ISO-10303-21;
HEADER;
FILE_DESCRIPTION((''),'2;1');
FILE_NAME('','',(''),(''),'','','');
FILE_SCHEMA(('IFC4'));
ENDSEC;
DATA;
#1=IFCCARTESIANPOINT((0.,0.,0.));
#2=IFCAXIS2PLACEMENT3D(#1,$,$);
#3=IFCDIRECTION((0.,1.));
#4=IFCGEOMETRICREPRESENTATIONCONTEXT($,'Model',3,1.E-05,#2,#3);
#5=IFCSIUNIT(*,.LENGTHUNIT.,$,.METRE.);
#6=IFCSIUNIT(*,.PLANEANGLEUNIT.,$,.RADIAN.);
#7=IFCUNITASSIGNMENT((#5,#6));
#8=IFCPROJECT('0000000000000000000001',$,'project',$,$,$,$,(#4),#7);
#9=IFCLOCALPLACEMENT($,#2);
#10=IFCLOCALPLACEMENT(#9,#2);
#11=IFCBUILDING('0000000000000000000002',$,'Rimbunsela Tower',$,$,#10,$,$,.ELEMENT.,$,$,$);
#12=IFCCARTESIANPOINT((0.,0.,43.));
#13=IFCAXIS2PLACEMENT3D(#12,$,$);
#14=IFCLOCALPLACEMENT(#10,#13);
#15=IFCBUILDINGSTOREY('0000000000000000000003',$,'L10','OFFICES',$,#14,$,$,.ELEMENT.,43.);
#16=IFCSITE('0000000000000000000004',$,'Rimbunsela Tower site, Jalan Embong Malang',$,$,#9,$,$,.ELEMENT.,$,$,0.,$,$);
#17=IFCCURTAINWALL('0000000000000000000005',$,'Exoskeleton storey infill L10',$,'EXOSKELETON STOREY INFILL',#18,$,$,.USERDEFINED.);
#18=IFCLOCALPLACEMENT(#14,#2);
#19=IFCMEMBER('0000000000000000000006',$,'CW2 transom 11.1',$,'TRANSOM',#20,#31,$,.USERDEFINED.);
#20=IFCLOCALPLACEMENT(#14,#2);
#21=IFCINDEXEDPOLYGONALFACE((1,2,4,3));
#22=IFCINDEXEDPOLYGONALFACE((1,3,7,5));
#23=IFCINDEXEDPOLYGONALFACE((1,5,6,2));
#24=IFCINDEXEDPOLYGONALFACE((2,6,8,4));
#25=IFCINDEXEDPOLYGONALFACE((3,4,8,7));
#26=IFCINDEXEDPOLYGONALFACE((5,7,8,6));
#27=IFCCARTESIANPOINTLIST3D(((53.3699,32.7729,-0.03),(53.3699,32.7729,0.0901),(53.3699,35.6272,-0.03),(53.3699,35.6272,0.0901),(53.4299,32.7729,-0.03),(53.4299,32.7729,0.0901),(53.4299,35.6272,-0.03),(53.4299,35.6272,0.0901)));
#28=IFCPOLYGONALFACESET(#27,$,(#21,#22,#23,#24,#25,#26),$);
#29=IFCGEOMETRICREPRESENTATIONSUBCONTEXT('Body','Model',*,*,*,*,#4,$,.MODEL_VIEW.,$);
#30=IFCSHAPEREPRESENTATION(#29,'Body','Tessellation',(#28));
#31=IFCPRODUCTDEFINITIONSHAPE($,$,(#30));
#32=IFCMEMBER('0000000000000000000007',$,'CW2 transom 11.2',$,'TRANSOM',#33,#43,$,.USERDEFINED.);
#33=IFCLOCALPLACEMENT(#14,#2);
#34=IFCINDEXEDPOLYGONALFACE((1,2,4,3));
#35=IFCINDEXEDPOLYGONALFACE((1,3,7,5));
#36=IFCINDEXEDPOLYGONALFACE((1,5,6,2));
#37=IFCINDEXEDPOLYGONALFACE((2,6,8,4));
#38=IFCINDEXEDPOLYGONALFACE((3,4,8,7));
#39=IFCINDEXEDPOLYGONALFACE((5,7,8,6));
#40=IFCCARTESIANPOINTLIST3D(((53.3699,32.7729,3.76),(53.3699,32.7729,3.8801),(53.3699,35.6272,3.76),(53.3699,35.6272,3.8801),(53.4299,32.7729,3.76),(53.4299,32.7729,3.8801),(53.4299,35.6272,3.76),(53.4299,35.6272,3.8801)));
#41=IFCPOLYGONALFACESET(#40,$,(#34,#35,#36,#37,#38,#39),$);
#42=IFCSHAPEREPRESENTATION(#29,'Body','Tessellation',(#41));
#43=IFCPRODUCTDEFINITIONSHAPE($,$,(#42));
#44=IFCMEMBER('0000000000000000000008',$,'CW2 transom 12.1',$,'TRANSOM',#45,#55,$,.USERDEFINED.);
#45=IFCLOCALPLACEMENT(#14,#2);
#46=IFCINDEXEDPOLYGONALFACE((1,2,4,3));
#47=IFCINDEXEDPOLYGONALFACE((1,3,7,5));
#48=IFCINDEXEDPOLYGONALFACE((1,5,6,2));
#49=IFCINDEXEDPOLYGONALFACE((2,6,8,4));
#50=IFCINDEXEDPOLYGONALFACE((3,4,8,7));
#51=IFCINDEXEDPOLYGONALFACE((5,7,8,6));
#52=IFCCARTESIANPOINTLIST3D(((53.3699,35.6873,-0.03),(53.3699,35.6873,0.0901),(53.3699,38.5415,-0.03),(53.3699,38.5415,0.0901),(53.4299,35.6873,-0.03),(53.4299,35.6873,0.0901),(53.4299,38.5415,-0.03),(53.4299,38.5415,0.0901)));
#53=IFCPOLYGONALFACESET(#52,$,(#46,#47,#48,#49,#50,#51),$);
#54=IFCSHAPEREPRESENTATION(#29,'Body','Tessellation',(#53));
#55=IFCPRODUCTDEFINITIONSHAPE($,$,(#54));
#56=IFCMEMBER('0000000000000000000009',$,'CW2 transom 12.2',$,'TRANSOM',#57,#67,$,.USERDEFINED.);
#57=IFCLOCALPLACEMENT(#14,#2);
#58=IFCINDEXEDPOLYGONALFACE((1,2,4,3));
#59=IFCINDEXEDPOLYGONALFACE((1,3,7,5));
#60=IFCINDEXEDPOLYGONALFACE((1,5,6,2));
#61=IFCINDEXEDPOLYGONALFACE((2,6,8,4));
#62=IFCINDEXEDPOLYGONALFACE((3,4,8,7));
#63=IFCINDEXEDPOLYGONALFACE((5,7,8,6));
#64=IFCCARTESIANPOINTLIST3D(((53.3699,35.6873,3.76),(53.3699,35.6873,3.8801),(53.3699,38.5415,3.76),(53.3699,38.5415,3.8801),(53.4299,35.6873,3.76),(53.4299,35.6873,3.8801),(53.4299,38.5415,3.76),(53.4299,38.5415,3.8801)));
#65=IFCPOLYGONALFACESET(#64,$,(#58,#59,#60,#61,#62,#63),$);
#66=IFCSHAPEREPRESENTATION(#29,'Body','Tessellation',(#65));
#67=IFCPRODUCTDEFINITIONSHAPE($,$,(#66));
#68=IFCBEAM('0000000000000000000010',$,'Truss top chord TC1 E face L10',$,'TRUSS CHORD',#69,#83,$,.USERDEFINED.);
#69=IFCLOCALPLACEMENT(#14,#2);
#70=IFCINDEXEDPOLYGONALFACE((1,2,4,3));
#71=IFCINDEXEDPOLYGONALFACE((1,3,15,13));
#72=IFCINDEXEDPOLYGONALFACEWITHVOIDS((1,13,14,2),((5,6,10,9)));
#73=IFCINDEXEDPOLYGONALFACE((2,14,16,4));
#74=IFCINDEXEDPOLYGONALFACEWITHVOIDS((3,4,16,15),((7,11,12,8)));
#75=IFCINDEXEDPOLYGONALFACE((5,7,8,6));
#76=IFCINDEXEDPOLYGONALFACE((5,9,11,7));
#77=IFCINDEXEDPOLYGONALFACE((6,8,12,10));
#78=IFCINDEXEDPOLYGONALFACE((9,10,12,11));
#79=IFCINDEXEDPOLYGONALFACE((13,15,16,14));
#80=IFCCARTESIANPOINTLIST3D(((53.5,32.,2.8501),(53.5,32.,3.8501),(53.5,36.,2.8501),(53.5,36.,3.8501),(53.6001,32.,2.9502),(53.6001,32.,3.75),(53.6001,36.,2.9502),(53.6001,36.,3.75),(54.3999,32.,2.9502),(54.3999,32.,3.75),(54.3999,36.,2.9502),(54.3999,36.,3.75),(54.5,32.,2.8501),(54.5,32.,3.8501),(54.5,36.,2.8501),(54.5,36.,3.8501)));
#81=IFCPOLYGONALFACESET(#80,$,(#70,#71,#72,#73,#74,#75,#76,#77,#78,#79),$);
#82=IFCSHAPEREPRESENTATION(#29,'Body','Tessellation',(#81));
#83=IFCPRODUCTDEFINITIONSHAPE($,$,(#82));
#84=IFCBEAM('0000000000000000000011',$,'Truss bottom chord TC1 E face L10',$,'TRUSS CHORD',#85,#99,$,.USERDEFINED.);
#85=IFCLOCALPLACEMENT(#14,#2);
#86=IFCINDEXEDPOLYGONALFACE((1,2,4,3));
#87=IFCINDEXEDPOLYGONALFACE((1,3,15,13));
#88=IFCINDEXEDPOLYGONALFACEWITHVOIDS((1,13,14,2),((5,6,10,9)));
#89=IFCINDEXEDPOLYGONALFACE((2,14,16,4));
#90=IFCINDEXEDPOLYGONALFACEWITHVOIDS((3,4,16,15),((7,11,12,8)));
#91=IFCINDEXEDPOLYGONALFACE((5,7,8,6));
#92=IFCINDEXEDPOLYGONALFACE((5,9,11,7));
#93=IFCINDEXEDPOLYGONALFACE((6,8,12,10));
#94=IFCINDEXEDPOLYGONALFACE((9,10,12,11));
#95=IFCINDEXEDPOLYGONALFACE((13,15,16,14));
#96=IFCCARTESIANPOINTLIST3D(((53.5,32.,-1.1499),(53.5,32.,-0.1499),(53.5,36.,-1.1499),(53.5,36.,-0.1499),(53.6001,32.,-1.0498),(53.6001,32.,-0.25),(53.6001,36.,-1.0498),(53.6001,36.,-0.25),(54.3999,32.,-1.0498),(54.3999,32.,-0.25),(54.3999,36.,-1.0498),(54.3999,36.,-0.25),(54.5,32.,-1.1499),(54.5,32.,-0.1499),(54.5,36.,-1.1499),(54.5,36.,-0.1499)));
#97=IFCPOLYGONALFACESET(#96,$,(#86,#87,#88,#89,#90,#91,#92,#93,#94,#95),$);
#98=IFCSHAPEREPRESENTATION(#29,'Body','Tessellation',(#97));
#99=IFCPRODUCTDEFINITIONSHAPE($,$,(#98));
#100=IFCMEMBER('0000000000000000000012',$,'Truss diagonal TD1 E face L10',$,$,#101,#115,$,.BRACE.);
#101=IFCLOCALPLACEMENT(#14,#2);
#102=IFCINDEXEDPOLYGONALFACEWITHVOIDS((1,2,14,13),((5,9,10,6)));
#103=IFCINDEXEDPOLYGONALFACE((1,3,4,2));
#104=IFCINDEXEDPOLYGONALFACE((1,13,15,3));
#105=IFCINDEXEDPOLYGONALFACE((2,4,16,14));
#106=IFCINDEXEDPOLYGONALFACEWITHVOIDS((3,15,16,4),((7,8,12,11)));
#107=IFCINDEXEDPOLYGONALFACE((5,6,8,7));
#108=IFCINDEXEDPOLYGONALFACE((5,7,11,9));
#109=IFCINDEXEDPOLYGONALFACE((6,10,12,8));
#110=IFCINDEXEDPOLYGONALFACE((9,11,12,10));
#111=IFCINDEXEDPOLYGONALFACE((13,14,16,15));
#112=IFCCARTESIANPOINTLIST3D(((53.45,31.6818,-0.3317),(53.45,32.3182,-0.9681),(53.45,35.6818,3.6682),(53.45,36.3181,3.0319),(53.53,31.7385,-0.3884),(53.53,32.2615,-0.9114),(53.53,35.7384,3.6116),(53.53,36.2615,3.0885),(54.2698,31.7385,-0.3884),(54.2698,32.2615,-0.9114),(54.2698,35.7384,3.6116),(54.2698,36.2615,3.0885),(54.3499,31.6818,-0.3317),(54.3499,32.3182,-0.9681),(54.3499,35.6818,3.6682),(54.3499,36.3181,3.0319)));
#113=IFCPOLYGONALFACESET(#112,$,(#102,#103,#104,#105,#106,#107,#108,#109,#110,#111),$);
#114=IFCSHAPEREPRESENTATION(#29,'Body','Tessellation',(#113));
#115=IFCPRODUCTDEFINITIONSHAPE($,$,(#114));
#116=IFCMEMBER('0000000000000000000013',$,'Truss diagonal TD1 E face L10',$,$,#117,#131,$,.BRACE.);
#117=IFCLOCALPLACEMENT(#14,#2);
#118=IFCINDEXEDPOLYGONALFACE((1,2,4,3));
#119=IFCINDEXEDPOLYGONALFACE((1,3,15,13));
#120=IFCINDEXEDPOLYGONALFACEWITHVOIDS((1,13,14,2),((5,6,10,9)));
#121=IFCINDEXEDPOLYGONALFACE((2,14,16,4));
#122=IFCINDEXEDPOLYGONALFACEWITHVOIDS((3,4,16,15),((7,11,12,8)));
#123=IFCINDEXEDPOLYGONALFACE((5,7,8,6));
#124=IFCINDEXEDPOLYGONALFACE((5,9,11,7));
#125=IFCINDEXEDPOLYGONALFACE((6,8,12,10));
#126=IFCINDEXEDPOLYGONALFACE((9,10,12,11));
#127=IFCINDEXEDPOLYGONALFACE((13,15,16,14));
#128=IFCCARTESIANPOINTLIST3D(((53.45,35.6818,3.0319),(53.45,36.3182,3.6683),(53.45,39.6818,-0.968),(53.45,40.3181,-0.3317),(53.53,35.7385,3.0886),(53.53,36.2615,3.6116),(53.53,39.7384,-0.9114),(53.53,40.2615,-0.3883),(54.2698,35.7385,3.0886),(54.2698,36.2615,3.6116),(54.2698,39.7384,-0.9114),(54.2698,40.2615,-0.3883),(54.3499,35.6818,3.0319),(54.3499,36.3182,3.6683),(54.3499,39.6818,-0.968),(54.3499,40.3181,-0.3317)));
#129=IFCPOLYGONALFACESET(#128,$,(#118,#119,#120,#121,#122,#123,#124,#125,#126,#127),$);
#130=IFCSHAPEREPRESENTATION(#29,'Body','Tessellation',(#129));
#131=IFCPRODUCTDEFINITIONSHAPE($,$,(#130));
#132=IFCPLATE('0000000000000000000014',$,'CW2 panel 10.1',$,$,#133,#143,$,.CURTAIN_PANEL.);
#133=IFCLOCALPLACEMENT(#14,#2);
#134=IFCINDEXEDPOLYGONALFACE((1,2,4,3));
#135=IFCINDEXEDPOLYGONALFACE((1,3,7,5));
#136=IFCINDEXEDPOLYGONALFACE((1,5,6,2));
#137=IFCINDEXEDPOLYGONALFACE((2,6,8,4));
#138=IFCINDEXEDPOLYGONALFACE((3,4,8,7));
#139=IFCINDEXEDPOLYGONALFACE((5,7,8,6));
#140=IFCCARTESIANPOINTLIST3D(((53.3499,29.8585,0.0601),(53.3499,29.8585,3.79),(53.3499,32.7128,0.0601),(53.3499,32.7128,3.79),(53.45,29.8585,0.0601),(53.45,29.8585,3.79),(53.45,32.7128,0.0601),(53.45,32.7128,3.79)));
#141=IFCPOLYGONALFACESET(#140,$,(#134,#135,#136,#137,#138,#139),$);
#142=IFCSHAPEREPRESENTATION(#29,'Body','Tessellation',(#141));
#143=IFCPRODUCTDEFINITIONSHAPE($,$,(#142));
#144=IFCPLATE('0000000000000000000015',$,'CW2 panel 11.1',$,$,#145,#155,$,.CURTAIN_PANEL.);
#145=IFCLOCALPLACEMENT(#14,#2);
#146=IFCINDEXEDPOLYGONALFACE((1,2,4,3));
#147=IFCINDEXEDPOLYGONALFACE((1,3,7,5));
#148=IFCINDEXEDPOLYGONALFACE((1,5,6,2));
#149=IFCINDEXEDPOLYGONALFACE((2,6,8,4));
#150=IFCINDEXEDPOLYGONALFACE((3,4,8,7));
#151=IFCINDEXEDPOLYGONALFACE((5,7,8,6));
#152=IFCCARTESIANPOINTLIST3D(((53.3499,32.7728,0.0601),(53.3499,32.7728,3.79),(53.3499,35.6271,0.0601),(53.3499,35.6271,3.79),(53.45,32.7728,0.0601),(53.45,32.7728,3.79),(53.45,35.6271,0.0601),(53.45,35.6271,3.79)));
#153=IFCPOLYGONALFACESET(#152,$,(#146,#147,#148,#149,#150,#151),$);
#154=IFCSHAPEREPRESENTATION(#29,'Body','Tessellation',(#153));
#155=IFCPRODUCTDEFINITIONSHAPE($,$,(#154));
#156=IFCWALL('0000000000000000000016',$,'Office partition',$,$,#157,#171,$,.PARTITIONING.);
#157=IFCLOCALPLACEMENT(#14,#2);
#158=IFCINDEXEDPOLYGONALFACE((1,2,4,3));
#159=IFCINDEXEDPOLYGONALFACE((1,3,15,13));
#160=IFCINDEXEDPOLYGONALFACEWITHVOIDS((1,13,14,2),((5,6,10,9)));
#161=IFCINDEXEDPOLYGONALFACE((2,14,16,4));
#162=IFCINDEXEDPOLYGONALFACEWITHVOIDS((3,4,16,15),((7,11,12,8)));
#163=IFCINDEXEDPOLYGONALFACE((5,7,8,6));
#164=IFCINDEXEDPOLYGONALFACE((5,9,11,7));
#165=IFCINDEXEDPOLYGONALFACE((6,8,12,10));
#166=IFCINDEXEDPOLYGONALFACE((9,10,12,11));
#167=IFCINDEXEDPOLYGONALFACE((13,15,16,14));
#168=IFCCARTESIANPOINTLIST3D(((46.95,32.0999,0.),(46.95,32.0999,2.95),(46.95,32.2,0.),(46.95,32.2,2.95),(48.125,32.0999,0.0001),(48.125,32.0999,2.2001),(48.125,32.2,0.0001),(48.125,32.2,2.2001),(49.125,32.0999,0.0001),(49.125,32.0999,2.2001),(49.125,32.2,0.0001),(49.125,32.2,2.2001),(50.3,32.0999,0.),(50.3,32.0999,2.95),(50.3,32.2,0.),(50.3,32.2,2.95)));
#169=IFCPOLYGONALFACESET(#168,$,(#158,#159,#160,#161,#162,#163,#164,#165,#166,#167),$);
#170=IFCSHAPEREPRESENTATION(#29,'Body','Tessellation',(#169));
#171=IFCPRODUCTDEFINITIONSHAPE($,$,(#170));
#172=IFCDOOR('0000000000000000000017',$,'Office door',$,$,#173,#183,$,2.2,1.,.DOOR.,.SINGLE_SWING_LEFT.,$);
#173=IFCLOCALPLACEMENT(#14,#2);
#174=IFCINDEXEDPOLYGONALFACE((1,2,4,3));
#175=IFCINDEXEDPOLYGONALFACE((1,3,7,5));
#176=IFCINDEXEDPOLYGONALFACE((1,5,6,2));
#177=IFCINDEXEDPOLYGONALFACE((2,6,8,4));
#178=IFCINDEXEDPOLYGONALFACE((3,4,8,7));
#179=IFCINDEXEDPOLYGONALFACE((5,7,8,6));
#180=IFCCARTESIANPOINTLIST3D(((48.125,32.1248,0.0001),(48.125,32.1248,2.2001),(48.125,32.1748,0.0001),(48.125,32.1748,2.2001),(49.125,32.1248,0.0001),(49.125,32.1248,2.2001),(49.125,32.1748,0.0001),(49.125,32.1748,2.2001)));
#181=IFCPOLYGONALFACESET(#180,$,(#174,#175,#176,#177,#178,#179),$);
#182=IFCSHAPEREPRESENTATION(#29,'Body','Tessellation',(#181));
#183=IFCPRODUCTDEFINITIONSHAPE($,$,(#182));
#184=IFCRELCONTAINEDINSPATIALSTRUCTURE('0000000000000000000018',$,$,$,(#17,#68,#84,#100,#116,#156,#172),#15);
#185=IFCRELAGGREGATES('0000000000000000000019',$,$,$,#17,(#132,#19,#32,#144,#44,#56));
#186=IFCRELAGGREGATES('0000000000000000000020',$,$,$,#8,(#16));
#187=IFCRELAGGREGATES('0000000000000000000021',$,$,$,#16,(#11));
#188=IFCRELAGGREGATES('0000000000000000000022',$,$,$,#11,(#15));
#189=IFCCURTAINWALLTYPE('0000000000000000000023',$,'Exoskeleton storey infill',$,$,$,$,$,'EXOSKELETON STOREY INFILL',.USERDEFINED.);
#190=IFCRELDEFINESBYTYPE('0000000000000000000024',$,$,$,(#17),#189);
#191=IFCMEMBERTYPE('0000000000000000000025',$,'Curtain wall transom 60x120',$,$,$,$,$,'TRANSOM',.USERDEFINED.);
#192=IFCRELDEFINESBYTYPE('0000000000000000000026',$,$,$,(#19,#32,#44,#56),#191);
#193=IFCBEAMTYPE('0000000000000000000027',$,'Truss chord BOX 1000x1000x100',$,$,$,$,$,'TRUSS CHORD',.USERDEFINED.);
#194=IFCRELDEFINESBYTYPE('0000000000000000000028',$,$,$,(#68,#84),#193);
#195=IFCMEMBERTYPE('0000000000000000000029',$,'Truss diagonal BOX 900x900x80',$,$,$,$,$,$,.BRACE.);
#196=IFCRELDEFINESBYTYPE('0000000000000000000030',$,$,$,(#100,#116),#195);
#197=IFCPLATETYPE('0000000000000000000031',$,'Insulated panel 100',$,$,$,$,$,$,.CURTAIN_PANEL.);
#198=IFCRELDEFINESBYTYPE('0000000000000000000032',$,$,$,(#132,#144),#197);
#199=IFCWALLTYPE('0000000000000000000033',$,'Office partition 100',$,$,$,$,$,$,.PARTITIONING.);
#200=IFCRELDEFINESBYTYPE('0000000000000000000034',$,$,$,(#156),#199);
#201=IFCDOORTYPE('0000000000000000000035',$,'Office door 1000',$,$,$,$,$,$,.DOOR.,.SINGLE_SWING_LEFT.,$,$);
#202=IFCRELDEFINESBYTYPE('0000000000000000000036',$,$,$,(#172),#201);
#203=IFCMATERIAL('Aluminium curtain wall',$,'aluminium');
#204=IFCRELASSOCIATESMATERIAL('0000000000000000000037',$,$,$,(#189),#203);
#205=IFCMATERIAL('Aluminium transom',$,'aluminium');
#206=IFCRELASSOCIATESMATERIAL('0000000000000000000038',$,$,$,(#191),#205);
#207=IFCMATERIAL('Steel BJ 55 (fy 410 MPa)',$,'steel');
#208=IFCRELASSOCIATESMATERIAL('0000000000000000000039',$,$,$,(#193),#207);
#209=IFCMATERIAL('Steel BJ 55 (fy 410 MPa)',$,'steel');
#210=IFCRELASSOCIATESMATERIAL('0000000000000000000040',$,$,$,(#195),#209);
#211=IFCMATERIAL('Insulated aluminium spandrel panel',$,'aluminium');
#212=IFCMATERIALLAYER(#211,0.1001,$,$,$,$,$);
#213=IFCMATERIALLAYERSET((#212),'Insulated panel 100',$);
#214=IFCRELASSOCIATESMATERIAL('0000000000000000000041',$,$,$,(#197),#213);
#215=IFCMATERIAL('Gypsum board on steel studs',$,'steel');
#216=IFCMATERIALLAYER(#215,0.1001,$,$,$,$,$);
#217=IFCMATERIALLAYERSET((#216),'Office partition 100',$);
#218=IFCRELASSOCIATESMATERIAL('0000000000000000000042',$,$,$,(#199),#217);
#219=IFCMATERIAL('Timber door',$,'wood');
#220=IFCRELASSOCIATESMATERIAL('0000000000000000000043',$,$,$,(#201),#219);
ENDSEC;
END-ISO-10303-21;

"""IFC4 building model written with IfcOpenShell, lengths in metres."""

from ifc_helpers import new_model, si_unit, direction, frame, frame_2d, origin, origin_2d, place, context, subcontext, project, spatial, rectangle, hollow_rectangle, extrude, material, layer, layer_set, material_profile, profile_set, type_object, element, fill, aggregate, save


model = new_model("IFC4")

# Units and contexts
model_context = context("Model", 3, precision=1e-05, world=origin(), true_north=direction((0.0, 1.0)))
body_context = subcontext(model_context, "Body", "Model", "MODEL_VIEW")
ifc_project = project(units=[si_unit("LENGTHUNIT", "METRE"), si_unit("PLANEANGLEUNIT", "RADIAN")], contexts=[model_context])

# Site, building, storey
site_placement = place(None, origin())
site = spatial("IfcSite", under=ifc_project, at=site_placement, Name="Rimbunsela Tower site, Jalan Embong Malang", CompositionType="ELEMENT", RefElevation=0.0)
building_placement = place(site_placement, origin())
building = spatial("IfcBuilding", under=site, at=building_placement, Name="Rimbunsela Tower", CompositionType="ELEMENT")
storey_placement = place(building_placement, frame((0.0, 0.0, 43.0)))
storey = spatial("IfcBuildingStorey", under=building, at=storey_placement, Name="L10", Description="OFFICES", CompositionType="ELEMENT", Elevation=43.0)

# Curtain wall, members
ifc_material_1 = material(Name="Aluminium curtain wall", Category="aluminium")
curtain_wall_type = type_object("IfcCurtainWallType", Name="Exoskeleton storey infill", ElementType="EXOSKELETON STOREY INFILL", PredefinedType="USERDEFINED", material=ifc_material_1)
curtain_wall_placement = place(storey_placement, origin())
curtain_wall = element("IfcCurtainWall", 1, at=curtain_wall_placement, inside=storey, type_object=curtain_wall_type, Name="Exoskeleton storey infill L10", ObjectType="EXOSKELETON STOREY INFILL", PredefinedType="USERDEFINED")
ifc_material_2 = material(Name="Aluminium transom", Category="aluminium")
ifc_material_profile_1 = material_profile(ifc_material_2, rectangle(XDim=0.0601, YDim=0.1201, at=origin_2d()), Name="Transom 60x120")
ifc_profile_set_1 = profile_set([ifc_material_profile_1], Name="Aluminium transom")
member_type_1 = type_object("IfcMemberType", Name="Curtain wall transom 60x120", ElementType="TRANSOM", PredefinedType="USERDEFINED", material=ifc_profile_set_1)
member_1_placement = place(storey_placement, frame((53.3999, 32.7729, 0.03), z_axis=(0.0, 1.0, 0.0), x_axis=(-1.0, 0.0, 0.0)))
member_1 = element("IfcMember", 2, at=member_1_placement, type_object=member_type_1, Name="CW2 transom 11.1", ObjectType="TRANSOM", PredefinedType="USERDEFINED", context=body_context, shape_type="SweptSolid", body=[
    extrude(rectangle(XDim=0.0601, YDim=0.1201, at=origin_2d()), origin(), (0.0, 0.0, 1.0), 2.8542),
])
member_2_placement = place(storey_placement, frame((53.3999, 32.7729, 3.8201), z_axis=(0.0, 1.0, 0.0), x_axis=(-1.0, 0.0, 0.0)))
member_2 = element("IfcMember", 3, at=member_2_placement, type_object=member_type_1, Name="CW2 transom 11.2", ObjectType="TRANSOM", PredefinedType="USERDEFINED", context=body_context, shape_type="SweptSolid", body=[
    extrude(rectangle(XDim=0.0601, YDim=0.1201, at=origin_2d()), origin(), (0.0, 0.0, 1.0), 2.8542),
])
member_3_placement = place(storey_placement, frame((53.3999, 35.6873, 0.03), z_axis=(0.0, 1.0, 0.0), x_axis=(-1.0, 0.0, 0.0)))
member_3 = element("IfcMember", 4, at=member_3_placement, type_object=member_type_1, Name="CW2 transom 12.1", ObjectType="TRANSOM", PredefinedType="USERDEFINED", context=body_context, shape_type="SweptSolid", body=[
    extrude(rectangle(XDim=0.0601, YDim=0.1201, at=origin_2d()), origin(), (0.0, 0.0, 1.0), 2.8542),
])
member_4_placement = place(storey_placement, frame((53.3999, 35.6873, 3.8201), z_axis=(0.0, 1.0, 0.0), x_axis=(-1.0, 0.0, 0.0)))
member_4 = element("IfcMember", 5, at=member_4_placement, type_object=member_type_1, Name="CW2 transom 12.2", ObjectType="TRANSOM", PredefinedType="USERDEFINED", context=body_context, shape_type="SweptSolid", body=[
    extrude(rectangle(XDim=0.0601, YDim=0.1201, at=origin_2d()), origin(), (0.0, 0.0, 1.0), 2.8542),
])

# Beams
ifc_material_3 = material(Name="Steel BJ 55 (fy 410 MPa)", Category="steel")
ifc_material_profile_2 = material_profile(ifc_material_3, hollow_rectangle(XDim=1.0, YDim=1.0, WallThickness=0.1001, at=origin_2d()), Name="BOX 1000x1000x100")
ifc_profile_set_2 = profile_set([ifc_material_profile_2], Name="Steel BJ 55 (fy 410 MPa)")
beam_type_1 = type_object("IfcBeamType", Name="Truss chord BOX 1000x1000x100", ElementType="TRUSS CHORD", PredefinedType="USERDEFINED", material=ifc_profile_set_2)
for number, where, z_axis, x_axis, name in (
    (6, (54.0, 32.0, 3.3501), (0.0, 1.0, 0.0), (-1.0, 0.0, 0.0), "Truss top chord TC1 E face L10"),
    (7, (54.0, 32.0, -0.6499), (0.0, 1.0, 0.0), (-1.0, 0.0, 0.0), "Truss bottom chord TC1 E face L10"),
):
    element("IfcBeam", number, at=place(storey_placement, frame(where, z_axis=z_axis, x_axis=x_axis)), inside=storey, type_object=beam_type_1, Name=name, ObjectType="TRUSS CHORD", PredefinedType="USERDEFINED", context=body_context, shape_type="SweptSolid", body=[
        extrude(hollow_rectangle(XDim=1.0, YDim=1.0, WallThickness=0.1001, at=origin_2d()), origin(), (0.0, 0.0, 1.0), 4.0),
    ])

# Members
ifc_material_4 = material(Name="Steel BJ 55 (fy 410 MPa)", Category="steel")
ifc_material_profile_3 = material_profile(ifc_material_4, hollow_rectangle(XDim=0.8999, YDim=0.8999, WallThickness=0.0801, at=origin_2d()), Name="BOX 900x900x80")
ifc_profile_set_3 = profile_set([ifc_material_profile_3], Name="Steel BJ 55 (fy 410 MPa)")
member_type_2 = type_object("IfcMemberType", Name="Truss diagonal BOX 900x900x80", PredefinedType="BRACE", material=ifc_profile_set_3)
for number, where, z_axis, x_axis, name in (
    (8, (53.8999, 32.0, -0.6499), (0.0, 0.707107, 0.707107), (-1.0, 0.0, 0.0), "Truss diagonal TD1 E face L10"),
    (9, (53.8999, 36.0, 3.3501), (0.0, 0.707107, -0.707107), (-1.0, 0.0, 0.0), "Truss diagonal TD1 E face L10"),
):
    element("IfcMember", number, at=place(storey_placement, frame(where, z_axis=z_axis, x_axis=x_axis)), inside=storey, type_object=member_type_2, Name=name, PredefinedType="BRACE", context=body_context, shape_type="SweptSolid", body=[
        extrude(hollow_rectangle(XDim=0.8999, YDim=0.8999, WallThickness=0.0801, at=origin_2d()), origin(), (0.0, 0.0, 1.0), 5.6567),
    ])

# Plates
ifc_material_5 = material(Name="Insulated aluminium spandrel panel", Category="aluminium")
ifc_layer_1 = layer(ifc_material_5, 0.1001)
ifc_layer_set_1 = layer_set([ifc_layer_1], Name="Insulated panel 100")
plate_type = type_object("IfcPlateType", Name="Insulated panel 100", PredefinedType="CURTAIN_PANEL", material=ifc_layer_set_1)
plate_1_placement = place(storey_placement, frame((53.3999, 31.2856, 0.0601), z_axis=(0.0, 0.0, 1.0), x_axis=(0.0, 1.0, 0.0)))
plate_1 = element("IfcPlate", 10, at=plate_1_placement, type_object=plate_type, Name="CW2 panel 10.1", PredefinedType="CURTAIN_PANEL", context=body_context, shape_type="SweptSolid", body=[
    extrude(rectangle(XDim=2.8542, YDim=0.1001, at=origin_2d()), origin(), (0.0, 0.0, 1.0), 3.73),
])
plate_2_placement = place(storey_placement, frame((53.3999, 34.2, 0.0601), z_axis=(0.0, 0.0, 1.0), x_axis=(0.0, 1.0, 0.0)))
plate_2 = element("IfcPlate", 11, at=plate_2_placement, type_object=plate_type, Name="CW2 panel 11.1", PredefinedType="CURTAIN_PANEL", context=body_context, shape_type="SweptSolid", body=[
    extrude(rectangle(XDim=2.8542, YDim=0.1001, at=origin_2d()), origin(), (0.0, 0.0, 1.0), 3.73),
])
aggregate(curtain_wall, [plate_1, member_1, member_2, plate_2, member_3, member_4])

# Wall, opening, door
ifc_material_6 = material(Name="Gypsum board on steel studs", Category="steel")
ifc_layer_2 = layer(ifc_material_6, 0.1001)
ifc_layer_set_2 = layer_set([ifc_layer_2], Name="Office partition 100")
wall_type = type_object("IfcWallType", Name="Office partition 100", PredefinedType="PARTITIONING", material=ifc_layer_set_2)
wall_1_placement = place(storey_placement, frame((46.95, 32.1499, 0.0), z_axis=(0.0, 0.0, 1.0), x_axis=(1.0, 0.0, 0.0)))
wall_1 = element("IfcWall", 12, at=wall_1_placement, inside=storey, type_object=wall_type, Name="Office partition", PredefinedType="PARTITIONING", context=body_context, shape_type="SweptSolid", body=[
    extrude(rectangle(XDim=3.3501, YDim=0.1001, at=frame_2d((1.675, 0.0))), origin(), (0.0, 0.0, 1.0), 2.95),
])
opening_1_placement = place(wall_1_placement, frame((1.175, 0.0, 0.0)))
opening_1 = element("IfcOpeningElement", 13, at=opening_1_placement, cuts=wall_1, PredefinedType="OPENING", context=body_context, shape_type="SweptSolid", body=[
    extrude(rectangle(XDim=1.0, YDim=2.2, at=frame_2d((0.5, 1.1001))), frame((0.0, 0.0601, 0.0), z_axis=(0.0, -1.0, 0.0), x_axis=(1.0, 0.0, 0.0)), (0.0, 0.0, 1.0), 0.1201),
])
ifc_material_7 = material(Name="Timber door", Category="wood")
door_type_1 = type_object("IfcDoorType", Name="Office door 1000", OperationType="SINGLE_SWING_LEFT", PredefinedType="DOOR", material=ifc_material_7)
door_1_placement = place(opening_1_placement, origin())
door_1 = element("IfcDoor", 14, at=door_1_placement, inside=storey, type_object=door_type_1, Name="Office door", OperationType="SINGLE_SWING_LEFT", OverallHeight=2.2, OverallWidth=1.0, PredefinedType="DOOR", context=body_context, shape_type="SweptSolid", body=[
    extrude(rectangle(XDim=1.0, YDim=2.2, at=frame_2d((0.5, 1.1001))), frame((0.0, 0.0249, 0.0), z_axis=(0.0, -1.0, 0.0), x_axis=(1.0, 0.0, 0.0)), (0.0, 0.0, 1.0), 0.05),
])
fill(opening_1, door_1)

save(model, "model.ifc")
